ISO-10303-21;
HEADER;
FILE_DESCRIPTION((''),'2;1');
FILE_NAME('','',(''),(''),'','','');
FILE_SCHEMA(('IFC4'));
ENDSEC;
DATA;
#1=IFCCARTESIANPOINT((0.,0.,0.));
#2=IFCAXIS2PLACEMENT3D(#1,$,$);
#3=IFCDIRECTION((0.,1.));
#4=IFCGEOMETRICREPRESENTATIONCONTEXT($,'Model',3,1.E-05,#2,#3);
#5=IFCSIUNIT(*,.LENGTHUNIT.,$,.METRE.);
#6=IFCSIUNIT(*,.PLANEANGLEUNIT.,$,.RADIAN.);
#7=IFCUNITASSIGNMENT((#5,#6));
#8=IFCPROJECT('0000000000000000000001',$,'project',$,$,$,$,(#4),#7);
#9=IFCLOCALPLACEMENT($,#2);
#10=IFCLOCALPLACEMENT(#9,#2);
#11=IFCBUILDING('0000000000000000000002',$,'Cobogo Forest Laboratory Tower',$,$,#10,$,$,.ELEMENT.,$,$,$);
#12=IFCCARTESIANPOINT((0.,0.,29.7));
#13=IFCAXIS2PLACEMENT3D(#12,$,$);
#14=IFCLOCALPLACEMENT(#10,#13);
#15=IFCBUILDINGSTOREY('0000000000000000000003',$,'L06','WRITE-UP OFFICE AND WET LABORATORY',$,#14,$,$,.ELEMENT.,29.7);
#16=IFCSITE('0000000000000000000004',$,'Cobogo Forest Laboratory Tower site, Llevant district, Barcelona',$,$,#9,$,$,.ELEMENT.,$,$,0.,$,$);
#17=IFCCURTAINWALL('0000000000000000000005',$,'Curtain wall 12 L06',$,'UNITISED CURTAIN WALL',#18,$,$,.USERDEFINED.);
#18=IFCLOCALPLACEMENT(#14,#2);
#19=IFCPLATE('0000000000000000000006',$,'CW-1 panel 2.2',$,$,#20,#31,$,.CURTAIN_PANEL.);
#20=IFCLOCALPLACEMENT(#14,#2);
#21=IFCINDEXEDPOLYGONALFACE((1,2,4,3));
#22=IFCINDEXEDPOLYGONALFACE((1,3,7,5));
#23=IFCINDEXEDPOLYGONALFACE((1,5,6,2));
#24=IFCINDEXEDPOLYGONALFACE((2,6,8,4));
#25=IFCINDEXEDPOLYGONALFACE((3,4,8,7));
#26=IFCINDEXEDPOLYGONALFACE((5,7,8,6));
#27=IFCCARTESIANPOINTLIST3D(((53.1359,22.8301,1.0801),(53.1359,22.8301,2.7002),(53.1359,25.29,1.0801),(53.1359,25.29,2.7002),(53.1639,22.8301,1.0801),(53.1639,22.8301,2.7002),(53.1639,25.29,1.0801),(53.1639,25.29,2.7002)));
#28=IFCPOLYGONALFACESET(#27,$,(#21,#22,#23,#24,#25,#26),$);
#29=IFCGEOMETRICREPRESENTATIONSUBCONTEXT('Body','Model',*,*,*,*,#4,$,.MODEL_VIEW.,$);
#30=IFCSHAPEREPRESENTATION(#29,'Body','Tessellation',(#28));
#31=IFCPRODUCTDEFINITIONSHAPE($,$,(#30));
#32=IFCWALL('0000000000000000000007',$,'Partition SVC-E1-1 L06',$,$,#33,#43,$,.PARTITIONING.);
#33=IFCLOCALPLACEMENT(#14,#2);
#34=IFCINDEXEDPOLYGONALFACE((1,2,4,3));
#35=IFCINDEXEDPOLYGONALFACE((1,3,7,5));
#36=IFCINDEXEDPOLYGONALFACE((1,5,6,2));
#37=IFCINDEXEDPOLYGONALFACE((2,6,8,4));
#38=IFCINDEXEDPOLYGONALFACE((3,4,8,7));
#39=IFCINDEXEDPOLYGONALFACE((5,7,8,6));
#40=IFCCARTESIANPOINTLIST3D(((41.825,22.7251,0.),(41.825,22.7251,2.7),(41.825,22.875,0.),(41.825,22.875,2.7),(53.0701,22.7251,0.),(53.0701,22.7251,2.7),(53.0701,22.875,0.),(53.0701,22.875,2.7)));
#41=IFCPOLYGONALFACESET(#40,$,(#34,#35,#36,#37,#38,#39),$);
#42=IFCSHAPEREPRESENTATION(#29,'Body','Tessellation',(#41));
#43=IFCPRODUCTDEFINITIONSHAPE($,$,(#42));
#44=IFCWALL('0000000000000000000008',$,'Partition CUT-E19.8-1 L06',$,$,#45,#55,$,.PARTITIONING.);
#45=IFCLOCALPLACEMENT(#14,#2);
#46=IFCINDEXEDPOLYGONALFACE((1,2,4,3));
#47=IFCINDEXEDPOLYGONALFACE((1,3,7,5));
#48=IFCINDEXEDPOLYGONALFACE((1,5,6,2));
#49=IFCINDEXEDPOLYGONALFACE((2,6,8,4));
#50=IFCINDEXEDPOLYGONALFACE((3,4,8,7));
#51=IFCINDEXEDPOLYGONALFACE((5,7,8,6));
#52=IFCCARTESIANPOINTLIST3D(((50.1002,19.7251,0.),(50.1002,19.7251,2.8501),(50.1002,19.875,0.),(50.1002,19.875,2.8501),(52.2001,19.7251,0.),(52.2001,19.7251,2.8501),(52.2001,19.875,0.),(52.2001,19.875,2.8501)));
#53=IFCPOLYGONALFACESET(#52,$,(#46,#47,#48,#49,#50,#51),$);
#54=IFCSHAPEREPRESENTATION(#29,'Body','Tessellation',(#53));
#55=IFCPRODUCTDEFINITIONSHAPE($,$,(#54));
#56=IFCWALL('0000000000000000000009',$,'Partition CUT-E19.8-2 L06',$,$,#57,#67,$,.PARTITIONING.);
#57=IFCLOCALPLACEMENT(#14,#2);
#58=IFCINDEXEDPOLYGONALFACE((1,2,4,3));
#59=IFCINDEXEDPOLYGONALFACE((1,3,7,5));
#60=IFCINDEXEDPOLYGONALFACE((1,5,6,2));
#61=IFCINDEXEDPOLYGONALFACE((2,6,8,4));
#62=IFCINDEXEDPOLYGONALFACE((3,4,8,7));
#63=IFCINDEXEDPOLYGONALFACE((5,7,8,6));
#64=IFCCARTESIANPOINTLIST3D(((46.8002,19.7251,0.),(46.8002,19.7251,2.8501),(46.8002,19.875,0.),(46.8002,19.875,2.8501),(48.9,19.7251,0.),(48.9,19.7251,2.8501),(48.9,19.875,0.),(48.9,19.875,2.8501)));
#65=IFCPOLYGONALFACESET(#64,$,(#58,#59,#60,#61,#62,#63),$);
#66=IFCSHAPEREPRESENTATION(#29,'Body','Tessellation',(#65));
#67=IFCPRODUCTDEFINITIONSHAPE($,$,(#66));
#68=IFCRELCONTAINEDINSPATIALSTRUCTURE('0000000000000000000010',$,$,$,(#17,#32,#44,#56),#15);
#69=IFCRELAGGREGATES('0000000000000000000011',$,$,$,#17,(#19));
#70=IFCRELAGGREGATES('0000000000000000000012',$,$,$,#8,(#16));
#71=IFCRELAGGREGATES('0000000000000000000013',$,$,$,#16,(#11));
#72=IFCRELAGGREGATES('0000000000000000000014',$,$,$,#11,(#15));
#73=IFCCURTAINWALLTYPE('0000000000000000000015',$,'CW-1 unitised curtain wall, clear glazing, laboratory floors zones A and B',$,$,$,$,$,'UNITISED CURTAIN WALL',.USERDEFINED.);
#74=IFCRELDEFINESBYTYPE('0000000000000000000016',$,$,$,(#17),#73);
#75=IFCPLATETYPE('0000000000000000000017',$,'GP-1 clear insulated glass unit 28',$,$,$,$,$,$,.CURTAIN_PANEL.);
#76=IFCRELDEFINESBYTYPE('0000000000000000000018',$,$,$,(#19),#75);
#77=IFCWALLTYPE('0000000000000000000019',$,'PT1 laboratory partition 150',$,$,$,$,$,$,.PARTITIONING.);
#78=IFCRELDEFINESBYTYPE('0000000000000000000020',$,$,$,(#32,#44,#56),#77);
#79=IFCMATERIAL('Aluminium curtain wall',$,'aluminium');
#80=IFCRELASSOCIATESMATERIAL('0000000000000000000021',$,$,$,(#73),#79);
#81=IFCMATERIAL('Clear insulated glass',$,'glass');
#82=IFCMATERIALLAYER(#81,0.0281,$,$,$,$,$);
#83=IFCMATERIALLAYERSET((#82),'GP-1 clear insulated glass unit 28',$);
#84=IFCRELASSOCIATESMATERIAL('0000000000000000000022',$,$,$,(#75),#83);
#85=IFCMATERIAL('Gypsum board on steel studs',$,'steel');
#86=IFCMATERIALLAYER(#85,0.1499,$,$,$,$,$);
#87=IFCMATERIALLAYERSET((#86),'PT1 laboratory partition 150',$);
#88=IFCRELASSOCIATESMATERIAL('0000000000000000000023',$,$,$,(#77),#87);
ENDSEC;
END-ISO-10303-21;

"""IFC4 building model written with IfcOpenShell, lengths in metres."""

from ifc_helpers import new_model, si_unit, direction, frame, frame_2d, origin, origin_2d, place, context, subcontext, project, spatial, rectangle, extrude, material, layer, layer_set, type_object, element, aggregate, save


model = new_model("IFC4")

# Units and contexts
model_context = context("Model", 3, precision=1e-05, world=origin(), true_north=direction((0.0, 1.0)))
body_context = subcontext(model_context, "Body", "Model", "MODEL_VIEW")
ifc_project = project(units=[si_unit("LENGTHUNIT", "METRE"), si_unit("PLANEANGLEUNIT", "RADIAN")], contexts=[model_context])

# Site, building, storey
site_placement = place(None, origin())
site = spatial("IfcSite", under=ifc_project, at=site_placement, Name="Cobogo Forest Laboratory Tower site, Llevant district, Barcelona", CompositionType="ELEMENT", RefElevation=0.0)
building_placement = place(site_placement, origin())
building = spatial("IfcBuilding", under=site, at=building_placement, Name="Cobogo Forest Laboratory Tower", CompositionType="ELEMENT")
storey_placement = place(building_placement, frame((0.0, 0.0, 29.7)))
storey = spatial("IfcBuildingStorey", under=building, at=storey_placement, Name="L06", Description="WRITE-UP OFFICE AND WET LABORATORY", CompositionType="ELEMENT", Elevation=29.7)

# Shared definitions
ifc_material_1 = material(Name="Aluminium curtain wall", Category="aluminium")
curtain_wall_type = type_object("IfcCurtainWallType", Name="CW-1 unitised curtain wall, clear glazing, laboratory floors zones A and B", ElementType="UNITISED CURTAIN WALL", PredefinedType="USERDEFINED", material=ifc_material_1)

# Curtain wall
curtain_wall_1_placement = place(storey_placement, origin())
curtain_wall_1 = element("IfcCurtainWall", 1, at=curtain_wall_1_placement, inside=storey, type_object=curtain_wall_type, Name="Curtain wall 12 L06", ObjectType="UNITISED CURTAIN WALL", PredefinedType="USERDEFINED")

# Plate
ifc_material_2 = material(Name="Clear insulated glass", Category="glass")
ifc_layer_1 = layer(ifc_material_2, 0.0281)
ifc_layer_set_1 = layer_set([ifc_layer_1], Name="GP-1 clear insulated glass unit 28")
plate_type_1 = type_object("IfcPlateType", Name="GP-1 clear insulated glass unit 28", PredefinedType="CURTAIN_PANEL", material=ifc_layer_set_1)
plate_1_placement = place(storey_placement, frame((53.1499, 24.0601, 1.0801), z_axis=(0.0, 0.0, 1.0), x_axis=(0.0, 1.0, 0.0)))
plate_1 = element("IfcPlate", 2, at=plate_1_placement, type_object=plate_type_1, Name="CW-1 panel 2.2", PredefinedType="CURTAIN_PANEL", context=body_context, shape_type="SweptSolid", body=[
    extrude(rectangle(XDim=2.46, YDim=0.0281, at=origin_2d()), origin(), (0.0, 0.0, 1.0), 1.6201),
])
aggregate(curtain_wall_1, [plate_1])

# Walls
ifc_material_3 = material(Name="Gypsum board on steel studs", Category="steel")
ifc_layer_2 = layer(ifc_material_3, 0.1499)
ifc_layer_set_2 = layer_set([ifc_layer_2], Name="PT1 laboratory partition 150")
wall_type = type_object("IfcWallType", Name="PT1 laboratory partition 150", PredefinedType="PARTITIONING", material=ifc_layer_set_2)
wall_placement = place(storey_placement, frame((53.0701, 22.8, 0.0), z_axis=(0.0, 0.0, 1.0), x_axis=(-1.0, 0.0, 0.0)))
element("IfcWall", 3, at=wall_placement, inside=storey, type_object=wall_type, Name="Partition SVC-E1-1 L06", PredefinedType="PARTITIONING", context=body_context, shape_type="SweptSolid", body=[
    extrude(rectangle(XDim=11.2451, YDim=0.1499, at=frame_2d((5.6226, 0.0))), origin(), (0.0, 0.0, 1.0), 2.7),
])
for number, where, z_axis, x_axis, name in (
    (4, (52.2, 19.8, 0.0), (0.0, 0.0, 1.0), (-1.0, 0.0, 0.0), "Partition CUT-E19.8-1 L06"),
    (5, (48.8999, 19.8, 0.0), (0.0, 0.0, 1.0), (-1.0, 0.0, 0.0), "Partition CUT-E19.8-2 L06"),
):
    element("IfcWall", number, at=place(storey_placement, frame(where, z_axis=z_axis, x_axis=x_axis)), inside=storey, type_object=wall_type, Name=name, PredefinedType="PARTITIONING", context=body_context, shape_type="SweptSolid", body=[
        extrude(rectangle(XDim=2.0999, YDim=0.1499, at=frame_2d((1.0498, 0.0))), origin(), (0.0, 0.0, 1.0), 2.8501),
    ])

save(model, "model.ifc")
